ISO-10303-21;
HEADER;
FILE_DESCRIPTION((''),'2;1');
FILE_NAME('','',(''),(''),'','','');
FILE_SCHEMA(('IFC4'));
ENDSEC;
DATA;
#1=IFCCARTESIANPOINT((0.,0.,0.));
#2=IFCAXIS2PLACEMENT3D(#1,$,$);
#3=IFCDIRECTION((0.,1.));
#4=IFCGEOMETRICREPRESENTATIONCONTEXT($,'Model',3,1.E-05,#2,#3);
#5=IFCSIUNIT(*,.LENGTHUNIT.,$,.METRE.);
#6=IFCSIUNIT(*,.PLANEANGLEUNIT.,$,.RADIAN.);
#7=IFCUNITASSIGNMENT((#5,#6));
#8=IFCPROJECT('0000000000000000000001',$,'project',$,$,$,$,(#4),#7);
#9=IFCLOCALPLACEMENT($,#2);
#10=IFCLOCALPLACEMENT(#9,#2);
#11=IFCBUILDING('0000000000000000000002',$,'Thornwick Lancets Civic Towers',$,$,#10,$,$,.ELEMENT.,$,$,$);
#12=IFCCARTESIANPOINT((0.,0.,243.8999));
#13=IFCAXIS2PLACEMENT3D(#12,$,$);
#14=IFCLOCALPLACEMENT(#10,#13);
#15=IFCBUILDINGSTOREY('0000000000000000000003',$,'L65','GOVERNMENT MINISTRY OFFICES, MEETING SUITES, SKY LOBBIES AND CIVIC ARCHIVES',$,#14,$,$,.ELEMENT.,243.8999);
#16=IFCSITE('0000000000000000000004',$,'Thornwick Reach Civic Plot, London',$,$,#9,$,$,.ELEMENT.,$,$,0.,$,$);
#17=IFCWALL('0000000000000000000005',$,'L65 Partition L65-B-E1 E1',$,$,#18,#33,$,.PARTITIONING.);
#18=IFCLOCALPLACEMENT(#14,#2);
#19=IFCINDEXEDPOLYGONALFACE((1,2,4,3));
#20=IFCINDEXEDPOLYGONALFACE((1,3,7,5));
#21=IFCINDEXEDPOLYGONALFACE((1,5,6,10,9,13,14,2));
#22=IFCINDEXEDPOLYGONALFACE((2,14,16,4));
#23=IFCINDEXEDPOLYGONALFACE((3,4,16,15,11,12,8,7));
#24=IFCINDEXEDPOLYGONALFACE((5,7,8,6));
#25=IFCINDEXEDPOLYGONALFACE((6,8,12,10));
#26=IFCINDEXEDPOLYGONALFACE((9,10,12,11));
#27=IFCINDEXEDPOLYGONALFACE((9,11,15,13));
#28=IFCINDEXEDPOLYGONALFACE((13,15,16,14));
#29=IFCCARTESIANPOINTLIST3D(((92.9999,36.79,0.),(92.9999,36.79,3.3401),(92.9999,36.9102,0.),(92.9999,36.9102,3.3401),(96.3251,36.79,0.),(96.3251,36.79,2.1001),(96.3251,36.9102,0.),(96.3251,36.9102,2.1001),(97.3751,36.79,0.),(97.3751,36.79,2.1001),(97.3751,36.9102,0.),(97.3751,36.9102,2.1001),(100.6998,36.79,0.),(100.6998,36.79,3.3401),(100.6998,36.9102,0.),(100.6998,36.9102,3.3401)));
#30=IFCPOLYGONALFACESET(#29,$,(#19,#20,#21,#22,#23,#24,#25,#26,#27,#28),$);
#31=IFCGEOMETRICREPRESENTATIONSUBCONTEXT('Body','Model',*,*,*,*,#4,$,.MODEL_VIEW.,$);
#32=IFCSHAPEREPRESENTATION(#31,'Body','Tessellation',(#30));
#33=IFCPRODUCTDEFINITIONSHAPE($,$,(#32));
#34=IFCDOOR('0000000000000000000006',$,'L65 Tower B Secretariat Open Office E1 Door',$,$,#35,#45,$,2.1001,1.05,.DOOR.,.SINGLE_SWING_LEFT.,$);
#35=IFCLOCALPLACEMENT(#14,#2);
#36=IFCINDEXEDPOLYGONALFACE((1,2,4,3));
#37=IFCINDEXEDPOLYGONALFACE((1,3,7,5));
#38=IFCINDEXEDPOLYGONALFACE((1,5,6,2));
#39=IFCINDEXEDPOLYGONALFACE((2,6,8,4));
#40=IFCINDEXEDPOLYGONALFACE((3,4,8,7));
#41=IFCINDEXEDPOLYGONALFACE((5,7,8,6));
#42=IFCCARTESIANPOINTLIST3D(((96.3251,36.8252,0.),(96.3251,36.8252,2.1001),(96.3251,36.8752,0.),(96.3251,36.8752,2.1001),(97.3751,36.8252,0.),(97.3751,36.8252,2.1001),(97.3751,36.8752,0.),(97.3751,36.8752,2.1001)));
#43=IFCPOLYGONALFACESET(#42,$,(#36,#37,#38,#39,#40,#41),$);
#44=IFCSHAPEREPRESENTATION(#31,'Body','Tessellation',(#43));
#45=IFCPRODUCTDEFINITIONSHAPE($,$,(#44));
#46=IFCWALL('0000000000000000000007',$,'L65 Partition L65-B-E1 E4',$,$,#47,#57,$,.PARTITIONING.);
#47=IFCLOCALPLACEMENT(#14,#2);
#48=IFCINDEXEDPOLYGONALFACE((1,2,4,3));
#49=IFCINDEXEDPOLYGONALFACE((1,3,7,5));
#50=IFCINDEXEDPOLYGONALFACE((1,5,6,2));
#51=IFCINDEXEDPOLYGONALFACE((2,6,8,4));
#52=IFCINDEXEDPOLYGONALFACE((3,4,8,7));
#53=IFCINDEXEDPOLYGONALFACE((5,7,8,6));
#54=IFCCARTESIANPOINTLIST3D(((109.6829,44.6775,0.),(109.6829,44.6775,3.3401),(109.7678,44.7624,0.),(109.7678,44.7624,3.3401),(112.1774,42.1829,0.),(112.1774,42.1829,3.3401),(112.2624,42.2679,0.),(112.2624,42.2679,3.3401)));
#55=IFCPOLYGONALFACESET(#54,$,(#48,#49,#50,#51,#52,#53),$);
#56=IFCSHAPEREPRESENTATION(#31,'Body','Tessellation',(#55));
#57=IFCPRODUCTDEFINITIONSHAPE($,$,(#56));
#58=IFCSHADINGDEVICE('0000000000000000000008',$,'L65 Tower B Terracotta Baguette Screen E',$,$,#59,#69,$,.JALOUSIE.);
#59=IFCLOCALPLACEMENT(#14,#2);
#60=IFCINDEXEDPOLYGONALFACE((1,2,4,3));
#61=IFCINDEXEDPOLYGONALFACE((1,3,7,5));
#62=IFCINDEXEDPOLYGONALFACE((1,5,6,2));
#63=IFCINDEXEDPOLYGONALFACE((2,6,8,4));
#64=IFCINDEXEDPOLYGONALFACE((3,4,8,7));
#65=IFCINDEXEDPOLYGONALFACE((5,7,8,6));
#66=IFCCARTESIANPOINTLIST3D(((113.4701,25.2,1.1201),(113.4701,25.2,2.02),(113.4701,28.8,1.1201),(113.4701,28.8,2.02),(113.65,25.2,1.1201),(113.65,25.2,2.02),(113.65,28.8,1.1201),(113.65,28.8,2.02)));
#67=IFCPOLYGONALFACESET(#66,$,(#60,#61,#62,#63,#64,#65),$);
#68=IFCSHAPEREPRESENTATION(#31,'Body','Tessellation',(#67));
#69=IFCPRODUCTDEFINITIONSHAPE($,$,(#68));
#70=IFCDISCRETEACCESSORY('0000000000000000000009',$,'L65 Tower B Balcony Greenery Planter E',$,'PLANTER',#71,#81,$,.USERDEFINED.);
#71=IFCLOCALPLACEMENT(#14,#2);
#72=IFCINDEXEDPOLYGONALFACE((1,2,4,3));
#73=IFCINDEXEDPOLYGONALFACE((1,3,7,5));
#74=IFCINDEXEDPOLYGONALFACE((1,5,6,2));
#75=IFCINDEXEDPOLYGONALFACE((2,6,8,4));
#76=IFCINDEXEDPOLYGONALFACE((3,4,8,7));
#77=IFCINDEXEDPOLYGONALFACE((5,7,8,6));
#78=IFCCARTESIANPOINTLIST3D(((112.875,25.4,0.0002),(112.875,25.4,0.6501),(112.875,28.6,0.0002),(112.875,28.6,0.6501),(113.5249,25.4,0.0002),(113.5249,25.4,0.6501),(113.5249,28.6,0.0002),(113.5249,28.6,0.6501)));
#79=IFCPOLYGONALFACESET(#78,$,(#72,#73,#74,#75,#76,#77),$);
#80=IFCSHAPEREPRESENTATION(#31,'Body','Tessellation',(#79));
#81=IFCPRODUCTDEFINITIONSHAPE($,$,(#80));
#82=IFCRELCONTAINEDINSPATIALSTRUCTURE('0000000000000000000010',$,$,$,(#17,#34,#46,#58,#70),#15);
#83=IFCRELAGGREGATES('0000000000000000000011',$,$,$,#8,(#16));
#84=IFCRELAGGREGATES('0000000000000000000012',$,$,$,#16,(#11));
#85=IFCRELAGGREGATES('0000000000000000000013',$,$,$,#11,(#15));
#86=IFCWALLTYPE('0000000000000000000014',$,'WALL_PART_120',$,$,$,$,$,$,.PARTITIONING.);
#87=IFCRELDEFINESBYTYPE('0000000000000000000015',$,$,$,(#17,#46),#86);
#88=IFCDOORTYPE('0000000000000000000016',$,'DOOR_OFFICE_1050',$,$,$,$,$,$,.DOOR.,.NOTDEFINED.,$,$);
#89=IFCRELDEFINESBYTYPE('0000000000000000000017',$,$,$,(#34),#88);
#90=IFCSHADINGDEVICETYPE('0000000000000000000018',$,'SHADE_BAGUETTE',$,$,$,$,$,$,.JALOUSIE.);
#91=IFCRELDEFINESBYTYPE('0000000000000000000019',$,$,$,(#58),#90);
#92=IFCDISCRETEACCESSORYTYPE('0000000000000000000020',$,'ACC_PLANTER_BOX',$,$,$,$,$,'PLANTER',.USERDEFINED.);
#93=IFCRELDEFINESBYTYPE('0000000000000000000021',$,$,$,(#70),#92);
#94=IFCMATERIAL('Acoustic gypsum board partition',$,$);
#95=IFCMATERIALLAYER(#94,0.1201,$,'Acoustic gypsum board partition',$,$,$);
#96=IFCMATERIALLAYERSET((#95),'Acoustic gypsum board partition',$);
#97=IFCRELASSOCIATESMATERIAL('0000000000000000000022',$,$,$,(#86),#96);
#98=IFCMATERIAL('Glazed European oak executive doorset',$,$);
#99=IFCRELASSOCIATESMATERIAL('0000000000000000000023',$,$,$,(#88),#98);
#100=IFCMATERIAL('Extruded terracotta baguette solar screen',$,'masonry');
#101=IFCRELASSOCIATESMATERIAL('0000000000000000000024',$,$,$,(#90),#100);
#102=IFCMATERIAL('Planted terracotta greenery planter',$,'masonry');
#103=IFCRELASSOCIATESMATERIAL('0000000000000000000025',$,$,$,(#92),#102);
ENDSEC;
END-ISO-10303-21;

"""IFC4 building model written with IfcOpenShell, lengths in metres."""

from ifc_helpers import new_model, si_unit, direction, frame, frame_2d, origin, origin_2d, place, context, subcontext, project, spatial, rectangle, extrude, material, layer, layer_set, type_object, element, fill, save


model = new_model("IFC4")

# Units and contexts
model_context = context("Model", 3, precision=1e-05, world=origin(), true_north=direction((0.0, 1.0)))
body_context = subcontext(model_context, "Body", "Model", "MODEL_VIEW")
ifc_project = project(units=[si_unit("LENGTHUNIT", "METRE"), si_unit("PLANEANGLEUNIT", "RADIAN")], contexts=[model_context])

# Site, building, storey
site_placement = place(None, origin())
site = spatial("IfcSite", under=ifc_project, at=site_placement, Name="Thornwick Reach Civic Plot, London", CompositionType="ELEMENT", RefElevation=0.0)
building_placement = place(site_placement, origin())
building = spatial("IfcBuilding", under=site, at=building_placement, Name="Thornwick Lancets Civic Towers", CompositionType="ELEMENT")
storey_placement = place(building_placement, frame((0.0, 0.0, 243.8999)))
storey = spatial("IfcBuildingStorey", under=building, at=storey_placement, Name="L65", Description="GOVERNMENT MINISTRY OFFICES, MEETING SUITES, SKY LOBBIES AND CIVIC ARCHIVES", CompositionType="ELEMENT", Elevation=243.8999)

# Shared definitions
ifc_material_1 = material(Name="Acoustic gypsum board partition")
ifc_layer_1 = layer(ifc_material_1, 0.1201, Name="Acoustic gypsum board partition")
ifc_layer_set_1 = layer_set([ifc_layer_1], Name="Acoustic gypsum board partition")
wall_type_1 = type_object("IfcWallType", Name="WALL_PART_120", PredefinedType="PARTITIONING", material=ifc_layer_set_1)

# Wall, opening, door
wall_1_placement = place(storey_placement, frame((100.7, 36.8501, 0.0), z_axis=(0.0, 0.0, 1.0), x_axis=(-1.0, 0.0, 0.0)))
wall_1 = element("IfcWall", 1, at=wall_1_placement, inside=storey, type_object=wall_type_1, Name="L65 Partition L65-B-E1 E1", PredefinedType="PARTITIONING", context=body_context, shape_type="SweptSolid", body=[
    extrude(rectangle(XDim=7.7, YDim=0.1201, at=frame_2d((3.8501, 0.0))), origin(), (0.0, 0.0, 1.0), 3.3401),
])
opening_1_placement = place(wall_1_placement, frame((3.325, 0.0, 0.0)))
opening_1 = element("IfcOpeningElement", 2, at=opening_1_placement, cuts=wall_1, PredefinedType="OPENING", context=body_context, shape_type="SweptSolid", body=[
    extrude(rectangle(XDim=1.05, YDim=2.1001, at=frame_2d((0.5249, 1.05))), frame((0.0, 0.0701, 0.0), z_axis=(0.0, -1.0, 0.0), x_axis=(1.0, 0.0, 0.0)), (0.0, 0.0, 1.0), 0.1401),
])
ifc_material_2 = material(Name="Glazed European oak executive doorset")
door_type_1 = type_object("IfcDoorType", Name="DOOR_OFFICE_1050", OperationType="NOTDEFINED", PredefinedType="DOOR", material=ifc_material_2)
door_1_placement = place(opening_1_placement, origin())
door_1 = element("IfcDoor", 3, at=door_1_placement, inside=storey, type_object=door_type_1, Name="L65 Tower B Secretariat Open Office E1 Door", OperationType="SINGLE_SWING_LEFT", OverallHeight=2.1001, OverallWidth=1.05, PredefinedType="DOOR", context=body_context, shape_type="SweptSolid", body=[
    extrude(rectangle(XDim=1.05, YDim=2.1001, at=frame_2d((0.5249, 1.05))), frame((0.0, 0.0249, 0.0), z_axis=(0.0, -1.0, 0.0), x_axis=(1.0, 0.0, 0.0)), (0.0, 0.0, 1.0), 0.05),
])
fill(opening_1, door_1)

# Wall
wall_2_placement = place(storey_placement, frame((109.7253, 44.72, 0.0), z_axis=(0.0, 0.0, 1.0), x_axis=(0.707107, -0.707107, 0.0)))
element("IfcWall", 4, at=wall_2_placement, inside=storey, type_object=wall_type_1, Name="L65 Partition L65-B-E1 E4", PredefinedType="PARTITIONING", context=body_context, shape_type="SweptSolid", body=[
    extrude(rectangle(XDim=3.5278, YDim=0.1201, at=frame_2d((1.7639, 0.0))), origin(), (0.0, 0.0, 1.0), 3.3401),
])

# Shading device
ifc_material_3 = material(Name="Extruded terracotta baguette solar screen", Category="masonry")
shading_device_type = type_object("IfcShadingDeviceType", Name="SHADE_BAGUETTE", PredefinedType="JALOUSIE", material=ifc_material_3)
shading_device_placement = place(storey_placement, frame((113.5601, 27.0, 1.1201), z_axis=(0.0, 0.0, 1.0), x_axis=(0.0, 1.0, 0.0)))
element("IfcShadingDevice", 5, at=shading_device_placement, inside=storey, type_object=shading_device_type, Name="L65 Tower B Terracotta Baguette Screen E", PredefinedType="JALOUSIE", context=body_context, shape_type="SweptSolid", body=[
    extrude(rectangle(XDim=3.6001, YDim=0.1799, at=origin_2d()), origin(), (0.0, 0.0, 1.0), 0.8999),
])

# Discrete accessory
ifc_material_4 = material(Name="Planted terracotta greenery planter", Category="masonry")
discrete_accessory_type = type_object("IfcDiscreteAccessoryType", Name="ACC_PLANTER_BOX", ElementType="PLANTER", PredefinedType="USERDEFINED", material=ifc_material_4)
discrete_accessory_placement = place(storey_placement, frame((113.2, 27.0, 0.0002), z_axis=(0.0, 0.0, 1.0), x_axis=(1.0, 0.0, 0.0)))
element("IfcDiscreteAccessory", 6, at=discrete_accessory_placement, inside=storey, type_object=discrete_accessory_type, Name="L65 Tower B Balcony Greenery Planter E", ObjectType="PLANTER", PredefinedType="USERDEFINED", context=body_context, shape_type="SweptSolid", body=[
    extrude(rectangle(XDim=0.6499, YDim=3.2, at=origin_2d()), origin(), (0.0, 0.0, 1.0), 0.6499),
])

save(model, "model.ifc")
